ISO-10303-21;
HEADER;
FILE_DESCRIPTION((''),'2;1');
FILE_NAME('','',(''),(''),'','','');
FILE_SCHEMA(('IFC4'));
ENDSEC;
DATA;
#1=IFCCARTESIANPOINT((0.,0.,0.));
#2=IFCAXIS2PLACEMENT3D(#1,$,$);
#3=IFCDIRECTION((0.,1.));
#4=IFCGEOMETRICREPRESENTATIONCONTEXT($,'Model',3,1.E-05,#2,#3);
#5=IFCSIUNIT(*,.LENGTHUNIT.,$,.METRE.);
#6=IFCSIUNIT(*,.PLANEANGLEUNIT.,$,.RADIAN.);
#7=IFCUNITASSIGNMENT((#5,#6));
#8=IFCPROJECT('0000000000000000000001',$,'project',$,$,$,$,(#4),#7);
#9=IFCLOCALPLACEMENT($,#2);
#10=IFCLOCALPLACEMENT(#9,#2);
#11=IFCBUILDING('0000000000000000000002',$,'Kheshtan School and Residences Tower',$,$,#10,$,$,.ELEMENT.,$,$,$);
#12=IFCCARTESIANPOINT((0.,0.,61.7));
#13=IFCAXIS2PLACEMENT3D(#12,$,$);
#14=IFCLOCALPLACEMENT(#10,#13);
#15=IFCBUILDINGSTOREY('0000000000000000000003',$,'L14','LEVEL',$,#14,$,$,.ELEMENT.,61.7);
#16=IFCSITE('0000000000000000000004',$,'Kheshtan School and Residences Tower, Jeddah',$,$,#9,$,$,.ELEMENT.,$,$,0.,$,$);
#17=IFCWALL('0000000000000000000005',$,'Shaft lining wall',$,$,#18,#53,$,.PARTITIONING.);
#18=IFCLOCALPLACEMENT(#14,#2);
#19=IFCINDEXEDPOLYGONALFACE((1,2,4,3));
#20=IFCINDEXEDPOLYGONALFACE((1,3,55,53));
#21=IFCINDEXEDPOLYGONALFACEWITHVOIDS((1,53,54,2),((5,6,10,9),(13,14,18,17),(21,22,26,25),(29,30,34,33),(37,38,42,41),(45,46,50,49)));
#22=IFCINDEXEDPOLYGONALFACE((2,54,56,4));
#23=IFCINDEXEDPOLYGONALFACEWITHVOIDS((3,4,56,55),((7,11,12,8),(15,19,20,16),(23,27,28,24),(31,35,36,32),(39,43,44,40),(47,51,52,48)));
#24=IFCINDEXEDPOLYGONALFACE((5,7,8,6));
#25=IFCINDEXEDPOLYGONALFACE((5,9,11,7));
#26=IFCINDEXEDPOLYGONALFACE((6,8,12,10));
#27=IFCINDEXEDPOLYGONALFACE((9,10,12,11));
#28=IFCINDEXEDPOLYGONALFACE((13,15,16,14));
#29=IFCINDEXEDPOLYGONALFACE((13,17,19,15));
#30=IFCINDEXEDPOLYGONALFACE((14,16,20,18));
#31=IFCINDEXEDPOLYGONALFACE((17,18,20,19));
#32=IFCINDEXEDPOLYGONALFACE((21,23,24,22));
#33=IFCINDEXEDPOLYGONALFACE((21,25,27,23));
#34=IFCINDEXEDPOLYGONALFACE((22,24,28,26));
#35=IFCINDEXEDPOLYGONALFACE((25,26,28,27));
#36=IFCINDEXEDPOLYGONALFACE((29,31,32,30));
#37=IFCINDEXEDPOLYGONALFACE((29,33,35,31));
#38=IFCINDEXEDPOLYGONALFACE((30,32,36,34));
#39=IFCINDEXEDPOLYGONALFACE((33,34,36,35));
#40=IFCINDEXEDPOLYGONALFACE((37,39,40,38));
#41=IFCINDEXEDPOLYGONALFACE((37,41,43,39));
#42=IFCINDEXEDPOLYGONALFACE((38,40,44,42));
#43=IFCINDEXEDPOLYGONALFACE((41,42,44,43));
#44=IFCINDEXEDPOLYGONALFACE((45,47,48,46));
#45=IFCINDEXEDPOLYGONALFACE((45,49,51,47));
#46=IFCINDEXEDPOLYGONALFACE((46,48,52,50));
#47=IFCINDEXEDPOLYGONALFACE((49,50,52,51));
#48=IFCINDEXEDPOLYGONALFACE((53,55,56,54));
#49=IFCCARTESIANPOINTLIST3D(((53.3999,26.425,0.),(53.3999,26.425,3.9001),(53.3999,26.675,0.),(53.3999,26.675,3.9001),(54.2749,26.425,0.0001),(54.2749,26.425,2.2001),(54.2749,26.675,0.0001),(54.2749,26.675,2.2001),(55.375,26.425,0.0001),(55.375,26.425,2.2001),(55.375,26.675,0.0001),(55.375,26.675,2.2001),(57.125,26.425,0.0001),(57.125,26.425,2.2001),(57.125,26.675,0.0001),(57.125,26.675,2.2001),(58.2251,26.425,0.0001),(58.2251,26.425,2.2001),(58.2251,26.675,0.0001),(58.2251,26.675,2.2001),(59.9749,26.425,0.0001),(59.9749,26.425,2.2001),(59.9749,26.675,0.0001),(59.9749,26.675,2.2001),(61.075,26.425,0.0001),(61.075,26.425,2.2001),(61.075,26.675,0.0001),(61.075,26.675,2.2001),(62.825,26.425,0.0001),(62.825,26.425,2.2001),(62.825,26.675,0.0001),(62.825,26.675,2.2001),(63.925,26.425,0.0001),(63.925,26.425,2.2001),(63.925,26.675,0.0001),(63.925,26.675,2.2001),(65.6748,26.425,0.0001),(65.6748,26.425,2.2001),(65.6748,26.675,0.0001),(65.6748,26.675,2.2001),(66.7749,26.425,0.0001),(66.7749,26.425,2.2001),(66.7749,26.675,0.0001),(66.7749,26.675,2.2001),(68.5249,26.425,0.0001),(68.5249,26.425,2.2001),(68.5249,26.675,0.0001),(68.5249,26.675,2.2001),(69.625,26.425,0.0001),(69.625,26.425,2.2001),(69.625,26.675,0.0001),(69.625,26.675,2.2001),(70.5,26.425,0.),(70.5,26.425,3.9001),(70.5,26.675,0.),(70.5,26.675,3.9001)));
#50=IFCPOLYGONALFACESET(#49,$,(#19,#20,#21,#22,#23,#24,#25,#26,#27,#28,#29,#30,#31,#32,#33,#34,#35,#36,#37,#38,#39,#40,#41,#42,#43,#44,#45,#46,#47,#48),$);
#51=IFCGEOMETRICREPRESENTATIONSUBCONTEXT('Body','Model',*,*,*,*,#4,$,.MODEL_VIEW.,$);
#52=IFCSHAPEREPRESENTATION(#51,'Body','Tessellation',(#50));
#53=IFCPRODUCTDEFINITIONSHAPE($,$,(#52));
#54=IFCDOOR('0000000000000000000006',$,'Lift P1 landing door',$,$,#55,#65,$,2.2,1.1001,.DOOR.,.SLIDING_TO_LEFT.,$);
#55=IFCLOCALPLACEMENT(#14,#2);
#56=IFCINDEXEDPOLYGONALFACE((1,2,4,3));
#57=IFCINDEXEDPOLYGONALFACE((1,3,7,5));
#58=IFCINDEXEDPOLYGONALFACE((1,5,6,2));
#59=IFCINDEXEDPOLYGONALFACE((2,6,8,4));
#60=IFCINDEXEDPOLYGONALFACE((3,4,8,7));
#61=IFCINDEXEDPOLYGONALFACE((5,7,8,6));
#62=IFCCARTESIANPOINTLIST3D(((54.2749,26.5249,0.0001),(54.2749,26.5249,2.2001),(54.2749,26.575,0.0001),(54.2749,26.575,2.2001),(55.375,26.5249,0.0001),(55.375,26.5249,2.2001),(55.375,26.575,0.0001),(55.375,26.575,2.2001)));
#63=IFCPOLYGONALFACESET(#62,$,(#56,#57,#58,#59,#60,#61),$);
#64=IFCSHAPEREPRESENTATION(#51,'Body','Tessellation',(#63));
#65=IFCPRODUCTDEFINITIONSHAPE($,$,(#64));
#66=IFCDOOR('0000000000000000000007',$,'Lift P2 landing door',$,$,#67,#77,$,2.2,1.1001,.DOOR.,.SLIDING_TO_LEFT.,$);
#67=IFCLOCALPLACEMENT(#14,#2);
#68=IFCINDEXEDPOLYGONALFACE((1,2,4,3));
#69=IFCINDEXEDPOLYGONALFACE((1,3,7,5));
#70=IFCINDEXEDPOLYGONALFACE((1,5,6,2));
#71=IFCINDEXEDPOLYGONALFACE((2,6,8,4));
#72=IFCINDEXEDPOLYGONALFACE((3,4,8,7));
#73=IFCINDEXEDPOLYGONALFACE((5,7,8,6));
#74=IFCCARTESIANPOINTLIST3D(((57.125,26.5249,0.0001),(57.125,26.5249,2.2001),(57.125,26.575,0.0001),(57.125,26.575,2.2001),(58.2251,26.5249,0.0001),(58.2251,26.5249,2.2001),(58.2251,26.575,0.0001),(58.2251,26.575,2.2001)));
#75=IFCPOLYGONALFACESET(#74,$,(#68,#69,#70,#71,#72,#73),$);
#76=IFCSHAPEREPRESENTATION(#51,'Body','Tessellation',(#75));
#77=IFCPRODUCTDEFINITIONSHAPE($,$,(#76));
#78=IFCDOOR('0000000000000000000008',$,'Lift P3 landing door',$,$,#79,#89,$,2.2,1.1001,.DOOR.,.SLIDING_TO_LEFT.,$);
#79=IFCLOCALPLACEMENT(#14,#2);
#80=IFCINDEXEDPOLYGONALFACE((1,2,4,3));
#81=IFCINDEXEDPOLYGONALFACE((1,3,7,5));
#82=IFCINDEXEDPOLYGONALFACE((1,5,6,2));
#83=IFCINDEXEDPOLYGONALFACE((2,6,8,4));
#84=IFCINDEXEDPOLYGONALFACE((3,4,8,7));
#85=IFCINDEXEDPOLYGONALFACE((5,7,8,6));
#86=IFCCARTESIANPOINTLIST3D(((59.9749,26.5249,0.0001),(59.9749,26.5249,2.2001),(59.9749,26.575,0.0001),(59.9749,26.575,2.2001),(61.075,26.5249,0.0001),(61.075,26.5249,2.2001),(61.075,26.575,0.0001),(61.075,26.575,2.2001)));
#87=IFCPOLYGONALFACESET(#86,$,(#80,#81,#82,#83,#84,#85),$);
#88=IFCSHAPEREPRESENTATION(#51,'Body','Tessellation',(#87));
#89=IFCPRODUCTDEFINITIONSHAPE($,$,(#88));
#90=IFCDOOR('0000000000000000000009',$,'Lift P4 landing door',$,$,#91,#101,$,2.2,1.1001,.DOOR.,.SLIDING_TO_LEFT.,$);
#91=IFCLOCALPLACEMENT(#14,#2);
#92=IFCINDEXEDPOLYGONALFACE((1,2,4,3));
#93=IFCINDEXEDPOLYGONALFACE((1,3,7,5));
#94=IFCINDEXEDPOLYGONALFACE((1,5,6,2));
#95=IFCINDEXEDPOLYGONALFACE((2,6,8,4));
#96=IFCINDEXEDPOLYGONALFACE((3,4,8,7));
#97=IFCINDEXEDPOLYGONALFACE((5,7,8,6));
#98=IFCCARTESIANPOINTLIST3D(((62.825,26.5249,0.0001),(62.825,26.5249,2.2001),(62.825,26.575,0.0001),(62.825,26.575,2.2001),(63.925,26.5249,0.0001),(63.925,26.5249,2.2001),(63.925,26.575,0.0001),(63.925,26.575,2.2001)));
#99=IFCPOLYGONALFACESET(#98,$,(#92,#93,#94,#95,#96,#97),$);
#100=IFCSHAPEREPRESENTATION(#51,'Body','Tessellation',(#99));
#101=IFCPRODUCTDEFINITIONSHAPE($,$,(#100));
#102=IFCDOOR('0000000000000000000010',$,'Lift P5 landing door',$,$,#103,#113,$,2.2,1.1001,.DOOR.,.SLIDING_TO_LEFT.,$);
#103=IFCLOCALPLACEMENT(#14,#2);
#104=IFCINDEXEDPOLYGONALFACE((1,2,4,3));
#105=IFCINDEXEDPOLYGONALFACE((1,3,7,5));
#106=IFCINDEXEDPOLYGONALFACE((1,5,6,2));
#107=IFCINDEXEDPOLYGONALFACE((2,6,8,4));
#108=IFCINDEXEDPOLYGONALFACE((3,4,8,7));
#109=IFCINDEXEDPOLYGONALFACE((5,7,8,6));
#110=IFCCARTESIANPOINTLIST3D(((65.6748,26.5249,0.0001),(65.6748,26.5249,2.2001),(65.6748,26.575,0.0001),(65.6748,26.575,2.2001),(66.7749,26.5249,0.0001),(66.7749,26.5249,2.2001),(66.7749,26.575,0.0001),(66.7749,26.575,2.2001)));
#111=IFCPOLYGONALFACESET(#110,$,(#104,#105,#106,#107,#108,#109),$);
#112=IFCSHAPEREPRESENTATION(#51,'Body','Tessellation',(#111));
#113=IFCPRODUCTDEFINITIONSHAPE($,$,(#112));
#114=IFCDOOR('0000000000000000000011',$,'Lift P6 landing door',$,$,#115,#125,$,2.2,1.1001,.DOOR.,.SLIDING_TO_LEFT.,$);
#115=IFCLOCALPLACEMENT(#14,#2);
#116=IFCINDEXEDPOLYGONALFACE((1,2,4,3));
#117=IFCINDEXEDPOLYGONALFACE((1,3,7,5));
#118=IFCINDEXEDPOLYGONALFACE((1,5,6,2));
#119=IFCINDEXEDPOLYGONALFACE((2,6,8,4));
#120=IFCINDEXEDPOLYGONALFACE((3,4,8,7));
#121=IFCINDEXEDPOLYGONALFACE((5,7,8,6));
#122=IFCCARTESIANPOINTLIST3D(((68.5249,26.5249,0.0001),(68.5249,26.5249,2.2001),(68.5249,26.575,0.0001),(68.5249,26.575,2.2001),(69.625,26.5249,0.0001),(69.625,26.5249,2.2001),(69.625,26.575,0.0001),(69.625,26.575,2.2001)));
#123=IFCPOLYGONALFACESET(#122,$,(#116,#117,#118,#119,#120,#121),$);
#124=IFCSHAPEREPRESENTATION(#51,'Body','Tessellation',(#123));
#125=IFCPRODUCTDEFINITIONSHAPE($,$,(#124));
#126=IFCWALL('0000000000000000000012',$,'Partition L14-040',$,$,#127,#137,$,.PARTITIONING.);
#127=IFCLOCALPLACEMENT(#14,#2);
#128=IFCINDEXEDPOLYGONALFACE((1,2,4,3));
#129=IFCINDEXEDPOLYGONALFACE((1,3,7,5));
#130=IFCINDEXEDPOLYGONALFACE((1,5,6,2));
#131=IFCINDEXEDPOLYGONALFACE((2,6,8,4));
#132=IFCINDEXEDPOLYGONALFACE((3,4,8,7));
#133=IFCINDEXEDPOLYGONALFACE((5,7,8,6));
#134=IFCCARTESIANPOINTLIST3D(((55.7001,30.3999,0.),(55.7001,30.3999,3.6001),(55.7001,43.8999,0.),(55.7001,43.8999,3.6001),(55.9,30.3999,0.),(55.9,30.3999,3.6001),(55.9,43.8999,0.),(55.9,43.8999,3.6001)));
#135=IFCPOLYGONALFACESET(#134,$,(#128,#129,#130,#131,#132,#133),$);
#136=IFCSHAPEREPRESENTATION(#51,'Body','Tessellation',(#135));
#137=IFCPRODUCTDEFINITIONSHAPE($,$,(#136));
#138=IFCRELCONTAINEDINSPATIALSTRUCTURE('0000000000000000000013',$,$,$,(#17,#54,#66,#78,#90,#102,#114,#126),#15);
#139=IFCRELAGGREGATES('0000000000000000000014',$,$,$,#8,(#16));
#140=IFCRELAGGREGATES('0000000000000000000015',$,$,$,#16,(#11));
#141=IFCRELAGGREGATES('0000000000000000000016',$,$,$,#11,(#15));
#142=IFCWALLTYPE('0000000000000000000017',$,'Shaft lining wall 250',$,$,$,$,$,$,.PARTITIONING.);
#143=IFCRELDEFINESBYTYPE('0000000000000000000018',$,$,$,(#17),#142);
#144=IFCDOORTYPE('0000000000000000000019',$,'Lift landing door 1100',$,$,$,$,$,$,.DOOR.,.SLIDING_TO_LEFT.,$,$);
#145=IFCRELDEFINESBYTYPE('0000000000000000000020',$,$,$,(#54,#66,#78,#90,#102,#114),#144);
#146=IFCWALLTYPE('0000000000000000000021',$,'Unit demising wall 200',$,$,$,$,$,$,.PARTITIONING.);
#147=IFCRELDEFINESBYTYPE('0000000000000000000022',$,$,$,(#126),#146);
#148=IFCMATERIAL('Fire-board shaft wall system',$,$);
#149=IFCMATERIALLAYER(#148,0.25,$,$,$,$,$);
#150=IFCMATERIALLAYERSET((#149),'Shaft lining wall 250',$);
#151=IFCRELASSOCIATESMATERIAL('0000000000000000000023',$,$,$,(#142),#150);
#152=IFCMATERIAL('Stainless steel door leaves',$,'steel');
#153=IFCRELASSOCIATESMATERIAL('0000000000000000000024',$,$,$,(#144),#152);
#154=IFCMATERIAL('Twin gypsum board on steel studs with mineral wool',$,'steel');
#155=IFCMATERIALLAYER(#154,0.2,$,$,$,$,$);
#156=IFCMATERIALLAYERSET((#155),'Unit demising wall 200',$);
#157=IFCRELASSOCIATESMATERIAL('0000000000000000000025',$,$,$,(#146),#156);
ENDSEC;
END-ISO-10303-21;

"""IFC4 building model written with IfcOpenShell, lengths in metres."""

from ifc_helpers import new_model, si_unit, direction, frame, frame_2d, origin, place, context, subcontext, project, spatial, rectangle, extrude, source, transform, mapped, material, layer, layer_set, type_object, element, fill, save


model = new_model("IFC4")

# Units and contexts
model_context = context("Model", 3, precision=1e-05, world=origin(), true_north=direction((0.0, 1.0)))
body_context = subcontext(model_context, "Body", "Model", "MODEL_VIEW")
ifc_project = project(units=[si_unit("LENGTHUNIT", "METRE"), si_unit("PLANEANGLEUNIT", "RADIAN")], contexts=[model_context])

# Site, building, storey
site_placement = place(None, origin())
site = spatial("IfcSite", under=ifc_project, at=site_placement, Name="Kheshtan School and Residences Tower, Jeddah", CompositionType="ELEMENT", RefElevation=0.0)
building_placement = place(site_placement, origin())
building = spatial("IfcBuilding", under=site, at=building_placement, Name="Kheshtan School and Residences Tower", CompositionType="ELEMENT")
storey_placement = place(building_placement, frame((0.0, 0.0, 61.7)))
storey = spatial("IfcBuildingStorey", under=building, at=storey_placement, Name="L14", Description="LEVEL", CompositionType="ELEMENT", Elevation=61.7)

# Shared definitions
ifc_material_1 = material(Name="Fire-board shaft wall system")
ifc_layer_1 = layer(ifc_material_1, 0.25)
ifc_layer_set_1 = layer_set([ifc_layer_1], Name="Shaft lining wall 250")
wall_type_1 = type_object("IfcWallType", Name="Shaft lining wall 250", PredefinedType="PARTITIONING", material=ifc_layer_set_1)

# Wall, openings, doors
wall_1_placement = place(storey_placement, frame((53.3999, 26.55, 0.0), z_axis=(0.0, 0.0, 1.0), x_axis=(1.0, 0.0, 0.0)))
wall_1 = element("IfcWall", 1, at=wall_1_placement, inside=storey, type_object=wall_type_1, Name="Shaft lining wall", PredefinedType="PARTITIONING", context=body_context, shape_type="SweptSolid", body=[
    extrude(rectangle(XDim=17.1001, YDim=0.25, at=frame_2d((8.55, 0.0))), origin(), (0.0, 0.0, 1.0), 3.9001),
])
opening_1_placement = place(wall_1_placement, frame((0.875, 0.0, 0.0)))
opening_1 = element("IfcOpeningElement", 2, at=opening_1_placement, cuts=wall_1, PredefinedType="OPENING", context=body_context, shape_type="SweptSolid", body=[
    extrude(rectangle(XDim=1.1001, YDim=2.2, at=frame_2d((0.55, 1.1001))), frame((0.0, 0.135, 0.0), z_axis=(0.0, -1.0, 0.0), x_axis=(1.0, 0.0, 0.0)), (0.0, 0.0, 1.0), 0.27),
])
opening_2_placement = place(wall_1_placement, frame((3.7251, 0.0, 0.0)))
opening_2 = element("IfcOpeningElement", 3, at=opening_2_placement, cuts=wall_1, PredefinedType="OPENING", context=body_context, shape_type="SweptSolid", body=[
    extrude(rectangle(XDim=1.1001, YDim=2.2, at=frame_2d((0.55, 1.1001))), frame((0.0, 0.135, 0.0), z_axis=(0.0, -1.0, 0.0), x_axis=(1.0, 0.0, 0.0)), (0.0, 0.0, 1.0), 0.27),
])
opening_3_placement = place(wall_1_placement, frame((6.575, 0.0, 0.0)))
opening_3 = element("IfcOpeningElement", 4, at=opening_3_placement, cuts=wall_1, PredefinedType="OPENING", context=body_context, shape_type="SweptSolid", body=[
    extrude(rectangle(XDim=1.1001, YDim=2.2, at=frame_2d((0.55, 1.1001))), frame((0.0, 0.135, 0.0), z_axis=(0.0, -1.0, 0.0), x_axis=(1.0, 0.0, 0.0)), (0.0, 0.0, 1.0), 0.27),
])
opening_4_placement = place(wall_1_placement, frame((9.425, 0.0, 0.0)))
opening_4 = element("IfcOpeningElement", 5, at=opening_4_placement, cuts=wall_1, PredefinedType="OPENING", context=body_context, shape_type="SweptSolid", body=[
    extrude(rectangle(XDim=1.1001, YDim=2.2, at=frame_2d((0.55, 1.1001))), frame((0.0, 0.135, 0.0), z_axis=(0.0, -1.0, 0.0), x_axis=(1.0, 0.0, 0.0)), (0.0, 0.0, 1.0), 0.27),
])
opening_5_placement = place(wall_1_placement, frame((12.2749, 0.0, 0.0)))
opening_5 = element("IfcOpeningElement", 6, at=opening_5_placement, cuts=wall_1, PredefinedType="OPENING", context=body_context, shape_type="SweptSolid", body=[
    extrude(rectangle(XDim=1.1001, YDim=2.2, at=frame_2d((0.55, 1.1001))), frame((0.0, 0.135, 0.0), z_axis=(0.0, -1.0, 0.0), x_axis=(1.0, 0.0, 0.0)), (0.0, 0.0, 1.0), 0.27),
])
opening_6_placement = place(wall_1_placement, frame((15.125, 0.0, 0.0)))
opening_6 = element("IfcOpeningElement", 7, at=opening_6_placement, cuts=wall_1, PredefinedType="OPENING", context=body_context, shape_type="SweptSolid", body=[
    extrude(rectangle(XDim=1.1001, YDim=2.2, at=frame_2d((0.55, 1.1001))), frame((0.0, 0.135, 0.0), z_axis=(0.0, -1.0, 0.0), x_axis=(1.0, 0.0, 0.0)), (0.0, 0.0, 1.0), 0.27),
])
ifc_material_2 = material(Name="Stainless steel door leaves", Category="steel")
door_type = type_object("IfcDoorType", Name="Lift landing door 1100", OperationType="SLIDING_TO_LEFT", PredefinedType="DOOR", material=ifc_material_2)
shared_shape = source(origin(), body_context, "Body", "SweptSolid", [
    extrude(rectangle(XDim=1.1001, YDim=2.2, at=frame_2d((0.55, 1.1001))), frame((0.0, 0.0249, 0.0), z_axis=(0.0, -1.0, 0.0), x_axis=(1.0, 0.0, 0.0)), (0.0, 0.0, 1.0), 0.05),
])
door_1_placement = place(opening_1_placement, origin())
door_1 = element("IfcDoor", 8, at=door_1_placement, inside=storey, type_object=door_type, Name="Lift P1 landing door", OperationType="SLIDING_TO_LEFT", OverallHeight=2.2, OverallWidth=1.1001, PredefinedType="DOOR", context=body_context, shape_type="MappedRepresentation", body=[
    mapped(shared_shape, transform((0.0, 0.0, 0.0), x_axis=(1.0, 0.0, 0.0), y_axis=(0.0, 1.0, 0.0), z_axis=(0.0, 0.0, 1.0), scale=1.0)),
])
fill(opening_1, door_1)
door_2_placement = place(opening_2_placement, origin())
door_2 = element("IfcDoor", 9, at=door_2_placement, inside=storey, type_object=door_type, Name="Lift P2 landing door", OperationType="SLIDING_TO_LEFT", OverallHeight=2.2, OverallWidth=1.1001, PredefinedType="DOOR", context=body_context, shape_type="MappedRepresentation", body=[
    mapped(shared_shape, transform((0.0, 0.0, 0.0), x_axis=(1.0, 0.0, 0.0), y_axis=(0.0, 1.0, 0.0), z_axis=(0.0, 0.0, 1.0), scale=1.0)),
])
fill(opening_2, door_2)
door_3_placement = place(opening_3_placement, origin())
door_3 = element("IfcDoor", 10, at=door_3_placement, inside=storey, type_object=door_type, Name="Lift P3 landing door", OperationType="SLIDING_TO_LEFT", OverallHeight=2.2, OverallWidth=1.1001, PredefinedType="DOOR", context=body_context, shape_type="MappedRepresentation", body=[
    mapped(shared_shape, transform((0.0, 0.0, 0.0), x_axis=(1.0, 0.0, 0.0), y_axis=(0.0, 1.0, 0.0), z_axis=(0.0, 0.0, 1.0), scale=1.0)),
])
fill(opening_3, door_3)
door_4_placement = place(opening_4_placement, origin())
door_4 = element("IfcDoor", 11, at=door_4_placement, inside=storey, type_object=door_type, Name="Lift P4 landing door", OperationType="SLIDING_TO_LEFT", OverallHeight=2.2, OverallWidth=1.1001, PredefinedType="DOOR", context=body_context, shape_type="MappedRepresentation", body=[
    mapped(shared_shape, transform((0.0, 0.0, 0.0), x_axis=(1.0, 0.0, 0.0), y_axis=(0.0, 1.0, 0.0), z_axis=(0.0, 0.0, 1.0), scale=1.0)),
])
fill(opening_4, door_4)
door_5_placement = place(opening_5_placement, origin())
door_5 = element("IfcDoor", 12, at=door_5_placement, inside=storey, type_object=door_type, Name="Lift P5 landing door", OperationType="SLIDING_TO_LEFT", OverallHeight=2.2, OverallWidth=1.1001, PredefinedType="DOOR", context=body_context, shape_type="MappedRepresentation", body=[
    mapped(shared_shape, transform((0.0, 0.0, 0.0), x_axis=(1.0, 0.0, 0.0), y_axis=(0.0, 1.0, 0.0), z_axis=(0.0, 0.0, 1.0), scale=1.0)),
])
fill(opening_5, door_5)
door_6_placement = place(opening_6_placement, origin())
door_6 = element("IfcDoor", 13, at=door_6_placement, inside=storey, type_object=door_type, Name="Lift P6 landing door", OperationType="SLIDING_TO_LEFT", OverallHeight=2.2, OverallWidth=1.1001, PredefinedType="DOOR", context=body_context, shape_type="MappedRepresentation", body=[
    mapped(shared_shape, transform((0.0, 0.0, 0.0), x_axis=(1.0, 0.0, 0.0), y_axis=(0.0, 1.0, 0.0), z_axis=(0.0, 0.0, 1.0), scale=1.0)),
])
fill(opening_6, door_6)

# Wall
ifc_material_3 = material(Name="Twin gypsum board on steel studs with mineral wool", Category="steel")
ifc_layer_2 = layer(ifc_material_3, 0.2)
ifc_layer_set_2 = layer_set([ifc_layer_2], Name="Unit demising wall 200")
wall_type_2 = type_object("IfcWallType", Name="Unit demising wall 200", PredefinedType="PARTITIONING", material=ifc_layer_set_2)
wall_2_placement = place(storey_placement, frame((55.8, 30.3999, 0.0), z_axis=(0.0, 0.0, 1.0), x_axis=(0.0, 1.0, 0.0)))
element("IfcWall", 14, at=wall_2_placement, inside=storey, type_object=wall_type_2, Name="Partition L14-040", PredefinedType="PARTITIONING", context=body_context, shape_type="SweptSolid", body=[
    extrude(rectangle(XDim=13.5, YDim=0.2, at=frame_2d((6.75, 0.0))), origin(), (0.0, 0.0, 1.0), 3.6001),
])

save(model, "model.ifc")
